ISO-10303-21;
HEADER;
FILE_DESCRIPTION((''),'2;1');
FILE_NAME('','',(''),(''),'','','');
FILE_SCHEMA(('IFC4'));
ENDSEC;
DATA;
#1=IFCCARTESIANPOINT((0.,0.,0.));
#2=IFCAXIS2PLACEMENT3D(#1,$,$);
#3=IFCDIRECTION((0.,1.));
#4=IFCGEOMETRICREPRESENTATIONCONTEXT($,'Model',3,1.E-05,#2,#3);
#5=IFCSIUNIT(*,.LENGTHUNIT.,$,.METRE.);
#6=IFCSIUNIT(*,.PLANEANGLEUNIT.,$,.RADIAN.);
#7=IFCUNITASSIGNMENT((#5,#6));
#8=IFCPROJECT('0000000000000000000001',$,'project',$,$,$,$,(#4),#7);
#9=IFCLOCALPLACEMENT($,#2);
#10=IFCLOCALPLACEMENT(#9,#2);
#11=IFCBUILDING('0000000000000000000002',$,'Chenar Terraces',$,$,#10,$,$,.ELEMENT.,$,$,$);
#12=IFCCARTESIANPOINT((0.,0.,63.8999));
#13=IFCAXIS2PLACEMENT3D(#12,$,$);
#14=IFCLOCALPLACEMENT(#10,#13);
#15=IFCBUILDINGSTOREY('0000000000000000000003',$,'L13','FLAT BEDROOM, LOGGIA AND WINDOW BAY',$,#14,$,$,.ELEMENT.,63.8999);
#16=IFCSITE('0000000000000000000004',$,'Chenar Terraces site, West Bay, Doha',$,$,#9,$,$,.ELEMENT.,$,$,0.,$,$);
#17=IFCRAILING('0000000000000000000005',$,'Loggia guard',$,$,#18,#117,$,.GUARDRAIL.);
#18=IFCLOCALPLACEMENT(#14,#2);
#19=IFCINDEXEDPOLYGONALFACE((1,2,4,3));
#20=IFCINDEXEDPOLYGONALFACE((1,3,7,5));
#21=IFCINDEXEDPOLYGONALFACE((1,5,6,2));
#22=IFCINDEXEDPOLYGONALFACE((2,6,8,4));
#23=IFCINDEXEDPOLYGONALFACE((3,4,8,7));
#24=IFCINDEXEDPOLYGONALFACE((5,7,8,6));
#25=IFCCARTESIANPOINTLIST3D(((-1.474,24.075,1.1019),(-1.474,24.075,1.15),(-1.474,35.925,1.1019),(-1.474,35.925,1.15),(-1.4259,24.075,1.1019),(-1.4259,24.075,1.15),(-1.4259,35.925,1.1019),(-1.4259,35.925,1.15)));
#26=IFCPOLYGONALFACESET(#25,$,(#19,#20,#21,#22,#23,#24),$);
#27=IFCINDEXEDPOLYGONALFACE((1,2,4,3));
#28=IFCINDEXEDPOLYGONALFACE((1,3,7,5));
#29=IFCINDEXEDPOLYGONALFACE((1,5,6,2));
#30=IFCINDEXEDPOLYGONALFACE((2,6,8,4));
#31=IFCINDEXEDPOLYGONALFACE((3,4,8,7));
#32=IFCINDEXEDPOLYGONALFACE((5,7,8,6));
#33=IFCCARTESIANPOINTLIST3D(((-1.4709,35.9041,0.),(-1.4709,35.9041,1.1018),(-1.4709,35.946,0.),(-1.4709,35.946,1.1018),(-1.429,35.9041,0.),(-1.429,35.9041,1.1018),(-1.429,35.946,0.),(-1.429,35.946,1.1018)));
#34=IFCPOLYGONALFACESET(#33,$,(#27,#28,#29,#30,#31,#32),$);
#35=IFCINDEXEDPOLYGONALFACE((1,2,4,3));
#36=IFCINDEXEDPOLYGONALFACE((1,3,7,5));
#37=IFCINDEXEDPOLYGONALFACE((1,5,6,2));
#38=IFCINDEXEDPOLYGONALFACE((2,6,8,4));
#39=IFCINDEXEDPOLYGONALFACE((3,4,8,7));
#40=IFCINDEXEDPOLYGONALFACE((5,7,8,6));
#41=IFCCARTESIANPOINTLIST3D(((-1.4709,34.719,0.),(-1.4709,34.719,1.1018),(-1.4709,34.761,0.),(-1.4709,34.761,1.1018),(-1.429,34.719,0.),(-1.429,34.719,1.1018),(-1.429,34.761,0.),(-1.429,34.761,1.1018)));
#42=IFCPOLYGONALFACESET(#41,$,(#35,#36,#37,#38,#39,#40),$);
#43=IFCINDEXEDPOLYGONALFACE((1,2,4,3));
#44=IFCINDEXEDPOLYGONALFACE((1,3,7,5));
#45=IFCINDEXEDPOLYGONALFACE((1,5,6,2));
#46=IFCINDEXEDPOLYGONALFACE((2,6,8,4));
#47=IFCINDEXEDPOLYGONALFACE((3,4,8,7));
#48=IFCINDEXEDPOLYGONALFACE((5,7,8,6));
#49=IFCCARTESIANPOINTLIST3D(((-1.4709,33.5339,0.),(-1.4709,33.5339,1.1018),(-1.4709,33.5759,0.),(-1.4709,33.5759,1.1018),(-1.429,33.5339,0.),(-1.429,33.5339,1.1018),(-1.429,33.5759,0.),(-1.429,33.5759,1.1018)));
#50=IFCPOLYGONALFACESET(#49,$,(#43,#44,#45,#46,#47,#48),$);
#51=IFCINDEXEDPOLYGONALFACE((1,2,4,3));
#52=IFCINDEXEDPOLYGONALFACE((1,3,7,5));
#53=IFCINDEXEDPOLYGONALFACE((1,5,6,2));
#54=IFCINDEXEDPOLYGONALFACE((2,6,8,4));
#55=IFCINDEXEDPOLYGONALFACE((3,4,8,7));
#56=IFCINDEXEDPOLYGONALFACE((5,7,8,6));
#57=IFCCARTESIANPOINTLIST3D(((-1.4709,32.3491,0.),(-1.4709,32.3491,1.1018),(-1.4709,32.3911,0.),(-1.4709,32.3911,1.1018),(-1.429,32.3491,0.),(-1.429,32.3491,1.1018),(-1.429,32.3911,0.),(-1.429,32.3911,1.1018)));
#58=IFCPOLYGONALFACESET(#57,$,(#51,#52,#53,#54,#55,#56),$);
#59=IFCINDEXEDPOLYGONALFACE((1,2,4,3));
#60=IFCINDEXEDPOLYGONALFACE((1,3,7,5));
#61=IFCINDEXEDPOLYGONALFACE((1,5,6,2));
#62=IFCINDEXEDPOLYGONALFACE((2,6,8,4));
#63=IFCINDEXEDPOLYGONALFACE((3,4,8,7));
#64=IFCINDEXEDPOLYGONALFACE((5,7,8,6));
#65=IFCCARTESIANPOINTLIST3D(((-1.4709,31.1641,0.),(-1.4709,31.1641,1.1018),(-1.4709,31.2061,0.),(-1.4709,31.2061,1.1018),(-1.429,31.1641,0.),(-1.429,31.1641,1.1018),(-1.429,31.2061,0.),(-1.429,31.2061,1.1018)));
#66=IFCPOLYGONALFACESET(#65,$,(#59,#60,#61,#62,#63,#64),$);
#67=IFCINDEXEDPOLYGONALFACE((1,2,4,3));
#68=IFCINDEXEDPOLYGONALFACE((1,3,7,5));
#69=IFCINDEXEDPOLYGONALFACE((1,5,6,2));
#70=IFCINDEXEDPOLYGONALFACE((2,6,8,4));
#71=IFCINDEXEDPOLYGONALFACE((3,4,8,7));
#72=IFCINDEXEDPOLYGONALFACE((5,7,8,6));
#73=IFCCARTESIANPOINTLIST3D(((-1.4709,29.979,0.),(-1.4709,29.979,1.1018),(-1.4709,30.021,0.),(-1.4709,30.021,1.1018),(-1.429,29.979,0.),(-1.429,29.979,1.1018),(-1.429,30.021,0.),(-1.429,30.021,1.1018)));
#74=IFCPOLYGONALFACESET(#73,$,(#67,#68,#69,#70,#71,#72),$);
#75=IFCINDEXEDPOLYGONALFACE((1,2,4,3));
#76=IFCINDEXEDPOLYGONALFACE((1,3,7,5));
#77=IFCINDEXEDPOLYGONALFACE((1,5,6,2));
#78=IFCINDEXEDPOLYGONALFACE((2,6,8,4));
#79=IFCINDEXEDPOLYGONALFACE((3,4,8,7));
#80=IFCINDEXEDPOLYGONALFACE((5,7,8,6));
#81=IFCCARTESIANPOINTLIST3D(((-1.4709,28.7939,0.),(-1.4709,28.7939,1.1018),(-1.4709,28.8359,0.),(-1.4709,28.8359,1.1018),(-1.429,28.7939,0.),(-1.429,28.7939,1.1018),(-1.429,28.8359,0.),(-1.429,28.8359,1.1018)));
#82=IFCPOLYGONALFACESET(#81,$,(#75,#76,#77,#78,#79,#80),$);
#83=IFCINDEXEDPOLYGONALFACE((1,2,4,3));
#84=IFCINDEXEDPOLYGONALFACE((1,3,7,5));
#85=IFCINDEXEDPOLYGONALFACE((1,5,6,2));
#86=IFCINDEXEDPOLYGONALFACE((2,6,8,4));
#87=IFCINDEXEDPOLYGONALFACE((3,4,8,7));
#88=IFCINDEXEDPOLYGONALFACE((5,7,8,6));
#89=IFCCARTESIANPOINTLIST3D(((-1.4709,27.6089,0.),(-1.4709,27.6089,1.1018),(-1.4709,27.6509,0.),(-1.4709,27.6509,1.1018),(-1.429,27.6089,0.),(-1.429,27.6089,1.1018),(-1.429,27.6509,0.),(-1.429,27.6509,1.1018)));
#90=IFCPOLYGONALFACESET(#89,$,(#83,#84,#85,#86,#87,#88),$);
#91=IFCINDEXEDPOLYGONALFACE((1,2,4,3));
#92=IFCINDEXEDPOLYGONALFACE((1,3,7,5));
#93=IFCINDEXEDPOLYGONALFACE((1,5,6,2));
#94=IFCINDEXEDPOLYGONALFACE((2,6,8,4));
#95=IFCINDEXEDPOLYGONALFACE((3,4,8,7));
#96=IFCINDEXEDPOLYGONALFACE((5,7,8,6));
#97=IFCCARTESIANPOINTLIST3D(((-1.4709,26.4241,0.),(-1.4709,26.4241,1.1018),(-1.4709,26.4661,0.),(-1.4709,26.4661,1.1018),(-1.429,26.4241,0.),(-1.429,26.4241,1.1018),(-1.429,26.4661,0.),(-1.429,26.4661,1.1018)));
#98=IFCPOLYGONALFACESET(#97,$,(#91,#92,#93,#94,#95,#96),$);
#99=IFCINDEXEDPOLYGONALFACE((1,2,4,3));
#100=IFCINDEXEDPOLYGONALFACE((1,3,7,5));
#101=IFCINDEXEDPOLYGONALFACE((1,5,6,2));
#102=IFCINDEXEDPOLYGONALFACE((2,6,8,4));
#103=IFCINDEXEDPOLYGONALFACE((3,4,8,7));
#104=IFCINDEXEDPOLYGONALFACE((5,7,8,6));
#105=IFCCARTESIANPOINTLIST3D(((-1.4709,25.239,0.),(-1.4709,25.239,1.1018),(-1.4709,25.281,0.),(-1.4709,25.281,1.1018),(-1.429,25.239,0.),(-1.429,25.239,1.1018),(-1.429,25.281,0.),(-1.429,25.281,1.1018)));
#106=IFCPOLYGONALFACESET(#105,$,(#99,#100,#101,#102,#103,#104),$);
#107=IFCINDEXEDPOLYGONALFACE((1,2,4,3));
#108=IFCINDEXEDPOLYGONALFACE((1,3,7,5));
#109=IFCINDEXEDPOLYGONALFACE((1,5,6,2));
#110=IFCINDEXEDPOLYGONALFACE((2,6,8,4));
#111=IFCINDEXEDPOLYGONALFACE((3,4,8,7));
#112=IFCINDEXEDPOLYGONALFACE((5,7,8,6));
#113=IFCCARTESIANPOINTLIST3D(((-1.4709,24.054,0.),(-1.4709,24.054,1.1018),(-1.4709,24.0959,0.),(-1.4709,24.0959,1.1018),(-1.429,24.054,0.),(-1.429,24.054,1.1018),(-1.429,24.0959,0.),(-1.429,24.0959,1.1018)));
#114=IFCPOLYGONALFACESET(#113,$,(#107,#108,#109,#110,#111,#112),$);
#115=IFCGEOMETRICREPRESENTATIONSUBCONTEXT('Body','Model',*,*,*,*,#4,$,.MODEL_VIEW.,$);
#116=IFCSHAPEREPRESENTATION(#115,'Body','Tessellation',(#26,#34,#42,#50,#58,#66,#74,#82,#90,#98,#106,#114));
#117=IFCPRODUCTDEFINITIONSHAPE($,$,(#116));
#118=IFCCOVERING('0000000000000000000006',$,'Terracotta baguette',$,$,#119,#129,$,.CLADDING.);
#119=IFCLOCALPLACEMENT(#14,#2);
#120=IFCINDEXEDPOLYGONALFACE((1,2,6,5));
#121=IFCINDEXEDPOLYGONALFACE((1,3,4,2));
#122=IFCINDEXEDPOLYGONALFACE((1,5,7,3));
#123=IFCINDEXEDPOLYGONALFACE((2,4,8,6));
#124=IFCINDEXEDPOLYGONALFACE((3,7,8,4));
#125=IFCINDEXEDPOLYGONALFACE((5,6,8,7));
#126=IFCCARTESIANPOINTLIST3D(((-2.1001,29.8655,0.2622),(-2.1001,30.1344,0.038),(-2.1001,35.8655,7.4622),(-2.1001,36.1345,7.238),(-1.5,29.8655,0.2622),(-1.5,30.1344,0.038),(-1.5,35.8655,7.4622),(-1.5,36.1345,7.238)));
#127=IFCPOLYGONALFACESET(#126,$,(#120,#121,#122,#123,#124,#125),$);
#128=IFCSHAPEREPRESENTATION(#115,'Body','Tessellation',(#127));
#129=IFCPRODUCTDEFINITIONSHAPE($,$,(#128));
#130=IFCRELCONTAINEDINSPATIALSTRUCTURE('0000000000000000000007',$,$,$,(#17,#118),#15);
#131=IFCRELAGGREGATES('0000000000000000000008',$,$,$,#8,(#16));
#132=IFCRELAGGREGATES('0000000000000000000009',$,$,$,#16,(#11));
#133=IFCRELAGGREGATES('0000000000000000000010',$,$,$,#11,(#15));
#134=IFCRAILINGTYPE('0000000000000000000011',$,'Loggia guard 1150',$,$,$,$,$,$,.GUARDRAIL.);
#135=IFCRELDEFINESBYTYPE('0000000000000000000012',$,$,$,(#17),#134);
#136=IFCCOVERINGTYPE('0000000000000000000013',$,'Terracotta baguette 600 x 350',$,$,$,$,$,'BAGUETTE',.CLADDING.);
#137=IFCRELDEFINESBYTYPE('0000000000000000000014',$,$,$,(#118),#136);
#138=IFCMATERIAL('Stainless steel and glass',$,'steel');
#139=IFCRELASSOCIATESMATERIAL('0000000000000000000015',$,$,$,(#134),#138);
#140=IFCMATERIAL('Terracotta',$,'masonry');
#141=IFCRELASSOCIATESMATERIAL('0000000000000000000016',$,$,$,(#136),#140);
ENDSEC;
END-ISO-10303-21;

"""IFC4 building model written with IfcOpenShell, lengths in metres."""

from ifc_helpers import new_model, si_unit, direction, frame, origin, origin_2d, place, context, subcontext, project, spatial, rectangle, extrude, material, material_profile, profile_set, type_object, element, save


model = new_model("IFC4")

# Units and contexts
model_context = context("Model", 3, precision=1e-05, world=origin(), true_north=direction((0.0, 1.0)))
body_context = subcontext(model_context, "Body", "Model", "MODEL_VIEW")
ifc_project = project(units=[si_unit("LENGTHUNIT", "METRE"), si_unit("PLANEANGLEUNIT", "RADIAN")], contexts=[model_context])

# Site, building, storey
site_placement = place(None, origin())
site = spatial("IfcSite", under=ifc_project, at=site_placement, Name="Chenar Terraces site, West Bay, Doha", CompositionType="ELEMENT", RefElevation=0.0)
building_placement = place(site_placement, origin())
building = spatial("IfcBuilding", under=site, at=building_placement, Name="Chenar Terraces", CompositionType="ELEMENT")
storey_placement = place(building_placement, frame((0.0, 0.0, 63.8999)))
storey = spatial("IfcBuildingStorey", under=building, at=storey_placement, Name="L13", Description="FLAT BEDROOM, LOGGIA AND WINDOW BAY", CompositionType="ELEMENT", Elevation=63.8999)

# Railing
ifc_material_1 = material(Name="Stainless steel and glass", Category="steel")
railing_type = type_object("IfcRailingType", Name="Loggia guard 1150", PredefinedType="GUARDRAIL", material=ifc_material_1)
railing_placement = place(storey_placement, frame((-1.45, 35.925, 0.0)))
element("IfcRailing", 1, at=railing_placement, inside=storey, type_object=railing_type, Name="Loggia guard", PredefinedType="GUARDRAIL", context=body_context, shape_type="SweptSolid", body=[
    extrude(rectangle(XDim=0.0481, YDim=0.0481, at=origin_2d()), frame((0.0, 0.0, 1.126), z_axis=(0.0, -1.0, 0.0), x_axis=(1.0, 0.0, 0.0)), (0.0, 0.0, 1.0), 11.8501),
    extrude(rectangle(XDim=0.042, YDim=0.042, at=origin_2d()), origin(), (0.0, 0.0, 1.0), 1.1018),
    extrude(rectangle(XDim=0.042, YDim=0.042, at=origin_2d()), frame((0.0, -1.1851, 0.0)), (0.0, 0.0, 1.0), 1.1018),
    extrude(rectangle(XDim=0.042, YDim=0.042, at=origin_2d()), frame((0.0, -2.3701, 0.0)), (0.0, 0.0, 1.0), 1.1018),
    extrude(rectangle(XDim=0.042, YDim=0.042, at=origin_2d()), frame((0.0, -3.5549, 0.0)), (0.0, 0.0, 1.0), 1.1018),
    extrude(rectangle(XDim=0.042, YDim=0.042, at=origin_2d()), frame((0.0, -4.74, 0.0)), (0.0, 0.0, 1.0), 1.1018),
    extrude(rectangle(XDim=0.042, YDim=0.042, at=origin_2d()), frame((0.0, -5.925, 0.0)), (0.0, 0.0, 1.0), 1.1018),
    extrude(rectangle(XDim=0.042, YDim=0.042, at=origin_2d()), frame((0.0, -7.1101, 0.0)), (0.0, 0.0, 1.0), 1.1018),
    extrude(rectangle(XDim=0.042, YDim=0.042, at=origin_2d()), frame((0.0, -8.2952, 0.0)), (0.0, 0.0, 1.0), 1.1018),
    extrude(rectangle(XDim=0.042, YDim=0.042, at=origin_2d()), frame((0.0, -9.48, 0.0)), (0.0, 0.0, 1.0), 1.1018),
    extrude(rectangle(XDim=0.042, YDim=0.042, at=origin_2d()), frame((0.0, -10.665, 0.0)), (0.0, 0.0, 1.0), 1.1018),
    extrude(rectangle(XDim=0.042, YDim=0.042, at=origin_2d()), frame((0.0, -11.8501, 0.0)), (0.0, 0.0, 1.0), 1.1018),
])

# Covering
ifc_material_2 = material(Name="Terracotta", Category="masonry")
ifc_material_profile_1 = material_profile(ifc_material_2, rectangle(XDim=0.6001, YDim=0.3501, at=origin_2d()), Name="Terracotta baguette 600 x 350")
ifc_profile_set_1 = profile_set([ifc_material_profile_1], Name="Terracotta")
covering_type = type_object("IfcCoveringType", Name="Terracotta baguette 600 x 350", ElementType="BAGUETTE", PredefinedType="CLADDING", material=ifc_profile_set_1)
covering_placement = place(storey_placement, frame((-1.8, 36.0, 7.3501), z_axis=(0.0, -0.640187, -0.768219), x_axis=(1.0, 0.0, 0.0)))
element("IfcCovering", 2, at=covering_placement, inside=storey, type_object=covering_type, Name="Terracotta baguette", PredefinedType="CLADDING", context=body_context, shape_type="SweptSolid", body=[
    extrude(rectangle(XDim=0.6001, YDim=0.3501, at=origin_2d()), origin(), (0.0, 0.0, 1.0), 9.3723),
])

save(model, "model.ifc")
